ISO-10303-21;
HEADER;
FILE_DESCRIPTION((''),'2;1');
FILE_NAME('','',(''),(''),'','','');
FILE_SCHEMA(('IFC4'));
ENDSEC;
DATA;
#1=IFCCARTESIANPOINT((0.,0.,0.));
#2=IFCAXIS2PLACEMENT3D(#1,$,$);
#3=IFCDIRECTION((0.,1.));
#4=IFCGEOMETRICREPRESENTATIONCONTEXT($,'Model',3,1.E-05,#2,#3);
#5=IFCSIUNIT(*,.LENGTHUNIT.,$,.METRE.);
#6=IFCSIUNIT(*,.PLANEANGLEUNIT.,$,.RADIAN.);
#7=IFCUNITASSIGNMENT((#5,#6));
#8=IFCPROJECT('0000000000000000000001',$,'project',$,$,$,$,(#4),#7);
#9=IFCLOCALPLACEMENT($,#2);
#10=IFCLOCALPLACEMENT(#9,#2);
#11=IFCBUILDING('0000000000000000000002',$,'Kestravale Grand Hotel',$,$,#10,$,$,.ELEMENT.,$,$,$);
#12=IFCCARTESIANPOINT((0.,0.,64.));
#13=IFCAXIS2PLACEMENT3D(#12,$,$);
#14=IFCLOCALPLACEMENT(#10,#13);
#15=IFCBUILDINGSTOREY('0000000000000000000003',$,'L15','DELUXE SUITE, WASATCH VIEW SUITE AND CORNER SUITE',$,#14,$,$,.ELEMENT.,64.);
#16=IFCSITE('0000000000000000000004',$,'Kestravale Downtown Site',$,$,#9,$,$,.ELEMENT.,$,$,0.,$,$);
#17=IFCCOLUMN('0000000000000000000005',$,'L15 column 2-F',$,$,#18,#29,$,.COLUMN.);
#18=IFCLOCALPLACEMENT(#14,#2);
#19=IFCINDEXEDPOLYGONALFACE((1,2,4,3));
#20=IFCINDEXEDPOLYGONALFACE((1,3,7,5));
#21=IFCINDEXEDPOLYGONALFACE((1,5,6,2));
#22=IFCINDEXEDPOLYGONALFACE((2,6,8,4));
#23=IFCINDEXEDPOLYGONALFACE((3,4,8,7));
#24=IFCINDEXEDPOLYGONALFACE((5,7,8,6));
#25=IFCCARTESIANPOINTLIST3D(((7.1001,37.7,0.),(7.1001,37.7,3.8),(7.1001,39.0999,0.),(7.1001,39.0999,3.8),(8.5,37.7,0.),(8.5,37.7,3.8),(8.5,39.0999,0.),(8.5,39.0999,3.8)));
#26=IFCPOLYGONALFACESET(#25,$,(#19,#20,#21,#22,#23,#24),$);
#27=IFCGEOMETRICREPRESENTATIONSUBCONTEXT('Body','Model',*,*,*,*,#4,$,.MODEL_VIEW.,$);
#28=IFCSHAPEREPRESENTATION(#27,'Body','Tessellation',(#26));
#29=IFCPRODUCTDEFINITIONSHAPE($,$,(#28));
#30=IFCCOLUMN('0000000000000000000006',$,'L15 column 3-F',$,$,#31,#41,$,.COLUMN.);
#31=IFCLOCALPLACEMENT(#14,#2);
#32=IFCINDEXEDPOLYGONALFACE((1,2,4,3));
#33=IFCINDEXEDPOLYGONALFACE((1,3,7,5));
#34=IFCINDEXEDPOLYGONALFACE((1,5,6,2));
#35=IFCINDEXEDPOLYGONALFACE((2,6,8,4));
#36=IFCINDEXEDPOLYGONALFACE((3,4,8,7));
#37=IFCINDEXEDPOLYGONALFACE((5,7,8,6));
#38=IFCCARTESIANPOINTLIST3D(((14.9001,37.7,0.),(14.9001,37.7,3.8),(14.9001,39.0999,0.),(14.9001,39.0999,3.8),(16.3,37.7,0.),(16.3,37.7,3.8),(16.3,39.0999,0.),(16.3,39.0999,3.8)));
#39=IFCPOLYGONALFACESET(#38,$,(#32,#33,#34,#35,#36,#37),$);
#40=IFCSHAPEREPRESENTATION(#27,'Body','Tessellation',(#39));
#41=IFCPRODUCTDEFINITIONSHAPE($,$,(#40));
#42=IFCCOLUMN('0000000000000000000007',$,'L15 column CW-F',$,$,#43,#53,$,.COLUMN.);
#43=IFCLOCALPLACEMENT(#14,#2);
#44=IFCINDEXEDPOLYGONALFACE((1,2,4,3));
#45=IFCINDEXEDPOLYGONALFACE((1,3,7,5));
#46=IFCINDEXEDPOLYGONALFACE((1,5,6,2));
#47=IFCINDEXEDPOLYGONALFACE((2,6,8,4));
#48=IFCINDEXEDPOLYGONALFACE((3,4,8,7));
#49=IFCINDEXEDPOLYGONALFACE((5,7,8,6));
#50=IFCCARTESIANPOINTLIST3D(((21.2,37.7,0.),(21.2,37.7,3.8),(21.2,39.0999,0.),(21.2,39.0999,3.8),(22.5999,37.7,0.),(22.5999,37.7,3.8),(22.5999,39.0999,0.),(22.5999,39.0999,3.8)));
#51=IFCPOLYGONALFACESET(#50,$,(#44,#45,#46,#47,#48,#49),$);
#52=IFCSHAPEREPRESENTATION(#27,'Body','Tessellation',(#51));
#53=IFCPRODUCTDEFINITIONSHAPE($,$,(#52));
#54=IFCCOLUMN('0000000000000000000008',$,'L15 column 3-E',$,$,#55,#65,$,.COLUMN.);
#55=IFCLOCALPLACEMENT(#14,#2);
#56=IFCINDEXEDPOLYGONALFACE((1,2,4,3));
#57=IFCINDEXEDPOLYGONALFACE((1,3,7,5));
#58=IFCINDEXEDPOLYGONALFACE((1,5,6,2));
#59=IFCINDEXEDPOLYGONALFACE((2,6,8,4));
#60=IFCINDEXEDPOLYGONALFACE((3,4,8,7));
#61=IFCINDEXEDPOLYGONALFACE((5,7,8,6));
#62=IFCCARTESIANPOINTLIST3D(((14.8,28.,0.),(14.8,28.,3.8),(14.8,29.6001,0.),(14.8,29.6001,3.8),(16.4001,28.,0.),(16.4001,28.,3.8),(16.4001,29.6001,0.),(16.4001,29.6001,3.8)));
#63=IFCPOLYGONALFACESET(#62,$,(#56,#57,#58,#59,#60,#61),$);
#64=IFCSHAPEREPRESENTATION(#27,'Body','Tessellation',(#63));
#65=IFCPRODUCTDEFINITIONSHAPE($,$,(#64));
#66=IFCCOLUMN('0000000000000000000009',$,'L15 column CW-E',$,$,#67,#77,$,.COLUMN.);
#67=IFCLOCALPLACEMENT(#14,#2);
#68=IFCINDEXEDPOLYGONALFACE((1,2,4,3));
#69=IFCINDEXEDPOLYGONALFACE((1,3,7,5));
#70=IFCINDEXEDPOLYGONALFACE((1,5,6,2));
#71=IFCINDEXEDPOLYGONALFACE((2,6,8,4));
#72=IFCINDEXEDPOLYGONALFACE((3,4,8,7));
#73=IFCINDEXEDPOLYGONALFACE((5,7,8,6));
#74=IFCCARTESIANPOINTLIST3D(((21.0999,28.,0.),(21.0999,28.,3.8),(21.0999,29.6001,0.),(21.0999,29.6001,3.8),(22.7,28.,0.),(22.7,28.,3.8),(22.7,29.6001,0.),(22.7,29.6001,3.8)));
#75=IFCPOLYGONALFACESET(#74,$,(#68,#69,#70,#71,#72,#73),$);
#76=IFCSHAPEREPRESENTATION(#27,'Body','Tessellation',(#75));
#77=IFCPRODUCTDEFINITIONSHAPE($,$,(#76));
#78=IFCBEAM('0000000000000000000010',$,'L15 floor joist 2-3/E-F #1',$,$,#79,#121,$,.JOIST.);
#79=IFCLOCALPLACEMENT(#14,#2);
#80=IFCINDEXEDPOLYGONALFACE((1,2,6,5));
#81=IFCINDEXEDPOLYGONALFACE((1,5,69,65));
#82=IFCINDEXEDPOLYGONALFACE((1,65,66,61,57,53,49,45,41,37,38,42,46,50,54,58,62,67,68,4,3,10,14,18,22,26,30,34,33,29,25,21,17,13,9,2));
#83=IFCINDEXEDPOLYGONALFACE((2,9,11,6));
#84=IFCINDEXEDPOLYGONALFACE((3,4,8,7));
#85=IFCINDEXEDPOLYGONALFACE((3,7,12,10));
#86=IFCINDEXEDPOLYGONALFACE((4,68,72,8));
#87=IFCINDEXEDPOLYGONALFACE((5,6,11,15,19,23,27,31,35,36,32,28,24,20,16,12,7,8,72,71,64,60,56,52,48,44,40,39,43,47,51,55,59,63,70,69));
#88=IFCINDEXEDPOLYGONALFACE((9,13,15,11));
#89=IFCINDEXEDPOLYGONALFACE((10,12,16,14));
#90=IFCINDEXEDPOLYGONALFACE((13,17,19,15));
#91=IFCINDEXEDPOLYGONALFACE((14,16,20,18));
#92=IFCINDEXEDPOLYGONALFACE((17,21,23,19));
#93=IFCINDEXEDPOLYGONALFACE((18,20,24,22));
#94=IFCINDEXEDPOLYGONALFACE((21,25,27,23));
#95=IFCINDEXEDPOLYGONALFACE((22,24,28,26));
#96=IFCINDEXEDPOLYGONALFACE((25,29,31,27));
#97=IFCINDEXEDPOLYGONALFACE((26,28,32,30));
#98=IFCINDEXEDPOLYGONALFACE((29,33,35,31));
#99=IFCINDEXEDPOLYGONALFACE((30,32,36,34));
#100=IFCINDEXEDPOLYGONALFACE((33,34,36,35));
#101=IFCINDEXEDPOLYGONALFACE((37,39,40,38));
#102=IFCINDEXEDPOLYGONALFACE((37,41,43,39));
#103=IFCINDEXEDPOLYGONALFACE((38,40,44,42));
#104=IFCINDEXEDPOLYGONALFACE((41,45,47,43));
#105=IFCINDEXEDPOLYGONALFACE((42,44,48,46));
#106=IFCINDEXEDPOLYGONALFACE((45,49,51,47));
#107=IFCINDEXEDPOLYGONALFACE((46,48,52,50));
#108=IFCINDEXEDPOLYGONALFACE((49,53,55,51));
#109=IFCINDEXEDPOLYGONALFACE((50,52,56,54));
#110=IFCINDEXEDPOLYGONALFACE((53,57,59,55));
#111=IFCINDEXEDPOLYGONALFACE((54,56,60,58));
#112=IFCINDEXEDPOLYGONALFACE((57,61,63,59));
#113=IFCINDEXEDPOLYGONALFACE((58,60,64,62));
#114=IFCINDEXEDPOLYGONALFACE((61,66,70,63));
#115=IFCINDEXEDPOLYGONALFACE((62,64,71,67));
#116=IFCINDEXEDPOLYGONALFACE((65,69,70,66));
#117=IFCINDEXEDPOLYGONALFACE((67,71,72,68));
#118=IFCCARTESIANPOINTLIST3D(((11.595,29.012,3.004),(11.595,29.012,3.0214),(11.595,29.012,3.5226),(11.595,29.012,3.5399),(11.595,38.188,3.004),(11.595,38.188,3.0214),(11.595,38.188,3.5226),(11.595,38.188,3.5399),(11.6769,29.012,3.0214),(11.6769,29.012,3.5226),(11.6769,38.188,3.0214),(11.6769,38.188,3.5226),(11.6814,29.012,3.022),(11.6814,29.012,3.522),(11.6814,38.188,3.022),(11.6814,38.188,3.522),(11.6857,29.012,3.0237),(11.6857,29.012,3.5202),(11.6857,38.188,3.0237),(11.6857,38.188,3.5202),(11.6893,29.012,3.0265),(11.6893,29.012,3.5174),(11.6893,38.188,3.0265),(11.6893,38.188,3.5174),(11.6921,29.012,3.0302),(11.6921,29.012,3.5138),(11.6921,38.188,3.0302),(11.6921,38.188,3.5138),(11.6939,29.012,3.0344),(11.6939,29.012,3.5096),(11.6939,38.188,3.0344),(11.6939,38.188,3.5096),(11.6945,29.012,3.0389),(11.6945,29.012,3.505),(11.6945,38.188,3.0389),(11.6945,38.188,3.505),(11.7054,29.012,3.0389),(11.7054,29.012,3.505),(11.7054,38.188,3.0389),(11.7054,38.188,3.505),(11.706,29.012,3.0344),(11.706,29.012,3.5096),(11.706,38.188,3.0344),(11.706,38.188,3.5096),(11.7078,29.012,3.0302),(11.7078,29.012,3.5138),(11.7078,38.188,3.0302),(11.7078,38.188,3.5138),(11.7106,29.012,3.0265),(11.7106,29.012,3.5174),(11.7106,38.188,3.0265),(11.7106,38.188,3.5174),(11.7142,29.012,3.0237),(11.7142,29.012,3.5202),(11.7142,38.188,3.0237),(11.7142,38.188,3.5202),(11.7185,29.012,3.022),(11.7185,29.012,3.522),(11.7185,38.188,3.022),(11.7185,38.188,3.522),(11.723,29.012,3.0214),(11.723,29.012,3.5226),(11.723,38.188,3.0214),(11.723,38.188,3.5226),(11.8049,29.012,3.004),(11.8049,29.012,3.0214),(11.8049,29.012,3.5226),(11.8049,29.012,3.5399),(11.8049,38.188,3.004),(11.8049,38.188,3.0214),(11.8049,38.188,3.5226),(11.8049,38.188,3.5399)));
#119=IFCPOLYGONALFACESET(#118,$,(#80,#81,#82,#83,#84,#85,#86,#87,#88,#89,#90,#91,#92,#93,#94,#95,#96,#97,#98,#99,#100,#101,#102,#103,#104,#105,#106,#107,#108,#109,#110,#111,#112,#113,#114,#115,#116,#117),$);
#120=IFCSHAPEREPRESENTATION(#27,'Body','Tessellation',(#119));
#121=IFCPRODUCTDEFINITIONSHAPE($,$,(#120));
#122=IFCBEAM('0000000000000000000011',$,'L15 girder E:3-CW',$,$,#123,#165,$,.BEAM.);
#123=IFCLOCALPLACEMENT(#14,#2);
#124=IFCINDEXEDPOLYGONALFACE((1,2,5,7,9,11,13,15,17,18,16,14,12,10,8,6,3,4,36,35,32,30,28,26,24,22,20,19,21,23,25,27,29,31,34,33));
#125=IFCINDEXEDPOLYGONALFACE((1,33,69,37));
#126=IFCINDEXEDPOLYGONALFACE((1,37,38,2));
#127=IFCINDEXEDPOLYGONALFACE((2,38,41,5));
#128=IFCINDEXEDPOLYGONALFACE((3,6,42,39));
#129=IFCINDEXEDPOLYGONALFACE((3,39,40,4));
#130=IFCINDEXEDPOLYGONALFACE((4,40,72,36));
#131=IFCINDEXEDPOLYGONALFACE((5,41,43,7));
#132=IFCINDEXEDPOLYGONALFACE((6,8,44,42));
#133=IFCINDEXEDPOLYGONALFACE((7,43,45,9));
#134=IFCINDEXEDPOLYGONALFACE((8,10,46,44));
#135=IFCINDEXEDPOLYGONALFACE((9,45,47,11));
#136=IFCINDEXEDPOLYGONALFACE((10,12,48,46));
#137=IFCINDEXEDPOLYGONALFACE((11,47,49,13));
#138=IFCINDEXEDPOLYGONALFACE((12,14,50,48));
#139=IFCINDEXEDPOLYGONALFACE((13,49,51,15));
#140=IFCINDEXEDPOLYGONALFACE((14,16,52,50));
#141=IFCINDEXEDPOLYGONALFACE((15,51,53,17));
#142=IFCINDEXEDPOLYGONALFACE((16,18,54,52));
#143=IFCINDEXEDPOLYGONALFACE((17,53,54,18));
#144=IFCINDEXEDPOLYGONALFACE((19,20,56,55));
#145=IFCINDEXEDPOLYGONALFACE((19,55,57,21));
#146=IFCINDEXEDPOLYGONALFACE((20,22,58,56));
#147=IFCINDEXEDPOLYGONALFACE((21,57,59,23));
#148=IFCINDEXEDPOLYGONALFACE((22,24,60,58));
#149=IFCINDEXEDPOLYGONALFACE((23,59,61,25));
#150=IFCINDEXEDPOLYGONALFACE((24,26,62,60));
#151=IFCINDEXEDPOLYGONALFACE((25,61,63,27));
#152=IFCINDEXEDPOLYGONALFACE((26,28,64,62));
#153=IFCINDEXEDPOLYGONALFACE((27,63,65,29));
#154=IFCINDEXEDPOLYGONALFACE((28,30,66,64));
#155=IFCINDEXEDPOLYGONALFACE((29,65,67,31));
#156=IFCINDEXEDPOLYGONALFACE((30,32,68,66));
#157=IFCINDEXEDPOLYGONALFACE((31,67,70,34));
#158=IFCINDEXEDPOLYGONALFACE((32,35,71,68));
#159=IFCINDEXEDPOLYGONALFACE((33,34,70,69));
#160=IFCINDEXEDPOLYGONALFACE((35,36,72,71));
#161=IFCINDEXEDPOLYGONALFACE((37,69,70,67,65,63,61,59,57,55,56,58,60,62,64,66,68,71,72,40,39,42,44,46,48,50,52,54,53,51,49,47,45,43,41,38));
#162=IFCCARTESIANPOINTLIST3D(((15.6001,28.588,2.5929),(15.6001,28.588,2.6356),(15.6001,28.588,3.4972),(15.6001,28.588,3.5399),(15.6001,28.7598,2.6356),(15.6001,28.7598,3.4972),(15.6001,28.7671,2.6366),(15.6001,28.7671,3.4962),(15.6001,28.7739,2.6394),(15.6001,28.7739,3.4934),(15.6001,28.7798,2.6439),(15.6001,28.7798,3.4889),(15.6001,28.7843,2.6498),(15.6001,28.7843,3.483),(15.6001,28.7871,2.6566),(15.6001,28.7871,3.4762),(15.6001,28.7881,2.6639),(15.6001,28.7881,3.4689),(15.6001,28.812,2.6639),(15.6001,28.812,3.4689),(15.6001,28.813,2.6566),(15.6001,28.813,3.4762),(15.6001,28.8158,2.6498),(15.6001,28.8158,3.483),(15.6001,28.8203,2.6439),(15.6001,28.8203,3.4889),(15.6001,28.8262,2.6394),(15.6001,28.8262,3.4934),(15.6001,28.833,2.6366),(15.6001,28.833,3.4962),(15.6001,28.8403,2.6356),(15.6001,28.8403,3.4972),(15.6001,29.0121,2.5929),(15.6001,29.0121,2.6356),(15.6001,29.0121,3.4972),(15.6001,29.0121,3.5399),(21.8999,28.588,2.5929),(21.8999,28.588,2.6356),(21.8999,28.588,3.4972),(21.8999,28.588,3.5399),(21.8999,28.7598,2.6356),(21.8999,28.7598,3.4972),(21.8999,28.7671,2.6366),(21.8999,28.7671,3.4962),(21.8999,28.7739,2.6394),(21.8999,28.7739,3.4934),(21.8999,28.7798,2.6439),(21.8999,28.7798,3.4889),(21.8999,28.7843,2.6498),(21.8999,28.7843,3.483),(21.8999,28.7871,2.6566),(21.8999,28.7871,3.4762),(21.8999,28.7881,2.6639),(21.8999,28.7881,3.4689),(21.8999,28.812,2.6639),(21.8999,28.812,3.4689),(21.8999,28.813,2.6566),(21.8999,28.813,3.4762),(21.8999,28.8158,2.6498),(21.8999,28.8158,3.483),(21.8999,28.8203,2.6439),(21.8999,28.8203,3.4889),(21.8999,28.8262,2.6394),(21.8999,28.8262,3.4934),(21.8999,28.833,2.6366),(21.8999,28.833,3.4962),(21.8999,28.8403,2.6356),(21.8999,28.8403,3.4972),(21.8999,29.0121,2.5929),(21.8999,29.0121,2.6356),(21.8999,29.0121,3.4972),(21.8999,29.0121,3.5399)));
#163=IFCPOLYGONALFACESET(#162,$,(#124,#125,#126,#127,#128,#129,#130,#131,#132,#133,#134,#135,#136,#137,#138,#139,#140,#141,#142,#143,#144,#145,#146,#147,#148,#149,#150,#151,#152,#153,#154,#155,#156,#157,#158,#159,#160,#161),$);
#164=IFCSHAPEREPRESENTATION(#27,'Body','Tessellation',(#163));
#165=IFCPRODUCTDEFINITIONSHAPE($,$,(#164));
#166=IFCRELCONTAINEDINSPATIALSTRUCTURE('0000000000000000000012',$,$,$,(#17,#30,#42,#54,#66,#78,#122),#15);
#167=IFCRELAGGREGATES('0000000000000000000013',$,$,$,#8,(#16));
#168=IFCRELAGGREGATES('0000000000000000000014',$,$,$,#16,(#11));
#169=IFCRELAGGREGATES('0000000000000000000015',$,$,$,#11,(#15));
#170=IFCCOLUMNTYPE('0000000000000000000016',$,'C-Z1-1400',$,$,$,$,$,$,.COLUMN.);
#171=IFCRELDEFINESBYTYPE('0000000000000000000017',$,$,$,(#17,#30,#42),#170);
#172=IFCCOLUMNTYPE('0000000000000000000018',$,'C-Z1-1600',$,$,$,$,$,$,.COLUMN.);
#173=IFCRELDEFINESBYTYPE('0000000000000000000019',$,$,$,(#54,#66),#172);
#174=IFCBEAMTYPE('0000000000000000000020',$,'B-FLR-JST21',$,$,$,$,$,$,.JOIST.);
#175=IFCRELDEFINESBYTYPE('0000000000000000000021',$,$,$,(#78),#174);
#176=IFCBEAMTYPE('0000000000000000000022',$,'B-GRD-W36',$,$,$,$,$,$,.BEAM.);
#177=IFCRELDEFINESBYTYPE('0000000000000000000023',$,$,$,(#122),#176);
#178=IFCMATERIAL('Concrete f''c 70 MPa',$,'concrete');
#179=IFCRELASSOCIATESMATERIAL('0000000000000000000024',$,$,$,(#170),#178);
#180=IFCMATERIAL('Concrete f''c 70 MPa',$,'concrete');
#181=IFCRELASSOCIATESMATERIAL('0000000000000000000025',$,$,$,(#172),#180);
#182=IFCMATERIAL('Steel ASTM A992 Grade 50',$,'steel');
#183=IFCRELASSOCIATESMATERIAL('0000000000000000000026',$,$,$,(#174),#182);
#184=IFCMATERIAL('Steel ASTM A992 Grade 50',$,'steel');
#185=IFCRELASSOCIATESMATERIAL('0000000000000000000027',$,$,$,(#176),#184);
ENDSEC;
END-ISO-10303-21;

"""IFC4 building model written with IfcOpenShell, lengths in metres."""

from ifc_helpers import new_model, si_unit, direction, frame, origin, origin_2d, place, context, subcontext, project, spatial, rectangle, i_section, extrude, material, material_profile, profile_set, type_object, element, save


model = new_model("IFC4")

# Units and contexts
model_context = context("Model", 3, precision=1e-05, world=origin(), true_north=direction((0.0, 1.0)))
body_context = subcontext(model_context, "Body", "Model", "MODEL_VIEW")
ifc_project = project(units=[si_unit("LENGTHUNIT", "METRE"), si_unit("PLANEANGLEUNIT", "RADIAN")], contexts=[model_context])

# Site, building, storey
site_placement = place(None, origin())
site = spatial("IfcSite", under=ifc_project, at=site_placement, Name="Kestravale Downtown Site", CompositionType="ELEMENT", RefElevation=0.0)
building_placement = place(site_placement, origin())
building = spatial("IfcBuilding", under=site, at=building_placement, Name="Kestravale Grand Hotel", CompositionType="ELEMENT")
storey_placement = place(building_placement, frame((0.0, 0.0, 64.0)))
storey = spatial("IfcBuildingStorey", under=building, at=storey_placement, Name="L15", Description="DELUXE SUITE, WASATCH VIEW SUITE AND CORNER SUITE", CompositionType="ELEMENT", Elevation=64.0)

# Columns
ifc_material_1 = material(Name="Concrete f'c 70 MPa", Category="concrete")
ifc_material_profile_1 = material_profile(ifc_material_1, rectangle(XDim=1.3999, YDim=1.3999, at=origin_2d()))
ifc_profile_set_1 = profile_set([ifc_material_profile_1], Name="Concrete f'c 70 MPa")
column_type_1 = type_object("IfcColumnType", Name="C-Z1-1400", PredefinedType="COLUMN", material=ifc_profile_set_1)
for number, where, z_axis, x_axis, name in (
    (1, (7.8, 38.3999, 0.0), (0.0, 0.0, 1.0), (1.0, 0.0, 0.0), "L15 column 2-F"),
    (2, (15.6001, 38.3999, 0.0), (0.0, 0.0, 1.0), (1.0, 0.0, 0.0), "L15 column 3-F"),
    (3, (21.8999, 38.3999, 0.0), (0.0, 0.0, 1.0), (1.0, 0.0, 0.0), "L15 column CW-F"),
):
    element("IfcColumn", number, at=place(storey_placement, frame(where, z_axis=z_axis, x_axis=x_axis)), inside=storey, type_object=column_type_1, Name=name, PredefinedType="COLUMN", context=body_context, shape_type="SweptSolid", body=[
        extrude(rectangle(XDim=1.3999, YDim=1.3999, at=origin_2d()), origin(), (0.0, 0.0, 1.0), 3.8),
    ])
ifc_material_2 = material(Name="Concrete f'c 70 MPa", Category="concrete")
ifc_material_profile_2 = material_profile(ifc_material_2, rectangle(XDim=1.6001, YDim=1.6001, at=origin_2d()))
ifc_profile_set_2 = profile_set([ifc_material_profile_2], Name="Concrete f'c 70 MPa")
column_type_2 = type_object("IfcColumnType", Name="C-Z1-1600", PredefinedType="COLUMN", material=ifc_profile_set_2)
for number, where, z_axis, x_axis, name in (
    (4, (15.6001, 28.8, 0.0), (0.0, 0.0, 1.0), (1.0, 0.0, 0.0), "L15 column 3-E"),
    (5, (21.8999, 28.8, 0.0), (0.0, 0.0, 1.0), (1.0, 0.0, 0.0), "L15 column CW-E"),
):
    element("IfcColumn", number, at=place(storey_placement, frame(where, z_axis=z_axis, x_axis=x_axis)), inside=storey, type_object=column_type_2, Name=name, PredefinedType="COLUMN", context=body_context, shape_type="SweptSolid", body=[
        extrude(rectangle(XDim=1.6001, YDim=1.6001, at=origin_2d()), origin(), (0.0, 0.0, 1.0), 3.8),
    ])

# Beams
ifc_material_3 = material(Name="Steel ASTM A992 Grade 50", Category="steel")
ifc_material_profile_3 = material_profile(ifc_material_3, i_section(OverallWidth=0.21, OverallDepth=0.5359, WebThickness=0.011, FlangeThickness=0.0173, FilletRadius=0.0176, at=origin_2d()))
ifc_profile_set_3 = profile_set([ifc_material_profile_3], Name="Steel ASTM A992 Grade 50")
beam_type_1 = type_object("IfcBeamType", Name="B-FLR-JST21", PredefinedType="JOIST", material=ifc_profile_set_3)
beam_1_placement = place(storey_placement, frame((11.7, 29.012, 3.272), z_axis=(0.0, 1.0, 0.0), x_axis=(-1.0, 0.0, 0.0)))
element("IfcBeam", 6, at=beam_1_placement, inside=storey, type_object=beam_type_1, Name="L15 floor joist 2-3/E-F #1", PredefinedType="JOIST", context=body_context, shape_type="SweptSolid", body=[
    extrude(i_section(OverallWidth=0.21, OverallDepth=0.5359, WebThickness=0.011, FlangeThickness=0.0173, FilletRadius=0.0176, at=origin_2d()), origin(), (0.0, 0.0, 1.0), 9.176),
])
ifc_material_4 = material(Name="Steel ASTM A992 Grade 50", Category="steel")
ifc_material_profile_4 = material_profile(ifc_material_4, i_section(OverallWidth=0.4241, OverallDepth=0.947, WebThickness=0.0239, FlangeThickness=0.0427, FilletRadius=0.0283, at=origin_2d()))
ifc_profile_set_4 = profile_set([ifc_material_profile_4], Name="Steel ASTM A992 Grade 50")
beam_type_2 = type_object("IfcBeamType", Name="B-GRD-W36", PredefinedType="BEAM", material=ifc_profile_set_4)
beam_2_placement = place(storey_placement, frame((15.6001, 28.8, 3.0664), z_axis=(1.0, 0.0, 0.0), x_axis=(0.0, 1.0, 0.0)))
element("IfcBeam", 7, at=beam_2_placement, inside=storey, type_object=beam_type_2, Name="L15 girder E:3-CW", PredefinedType="BEAM", context=body_context, shape_type="SweptSolid", body=[
    extrude(i_section(OverallWidth=0.4241, OverallDepth=0.947, WebThickness=0.0239, FlangeThickness=0.0427, FilletRadius=0.0283, at=origin_2d()), origin(), (0.0, 0.0, 1.0), 6.2998),
])

save(model, "model.ifc")
